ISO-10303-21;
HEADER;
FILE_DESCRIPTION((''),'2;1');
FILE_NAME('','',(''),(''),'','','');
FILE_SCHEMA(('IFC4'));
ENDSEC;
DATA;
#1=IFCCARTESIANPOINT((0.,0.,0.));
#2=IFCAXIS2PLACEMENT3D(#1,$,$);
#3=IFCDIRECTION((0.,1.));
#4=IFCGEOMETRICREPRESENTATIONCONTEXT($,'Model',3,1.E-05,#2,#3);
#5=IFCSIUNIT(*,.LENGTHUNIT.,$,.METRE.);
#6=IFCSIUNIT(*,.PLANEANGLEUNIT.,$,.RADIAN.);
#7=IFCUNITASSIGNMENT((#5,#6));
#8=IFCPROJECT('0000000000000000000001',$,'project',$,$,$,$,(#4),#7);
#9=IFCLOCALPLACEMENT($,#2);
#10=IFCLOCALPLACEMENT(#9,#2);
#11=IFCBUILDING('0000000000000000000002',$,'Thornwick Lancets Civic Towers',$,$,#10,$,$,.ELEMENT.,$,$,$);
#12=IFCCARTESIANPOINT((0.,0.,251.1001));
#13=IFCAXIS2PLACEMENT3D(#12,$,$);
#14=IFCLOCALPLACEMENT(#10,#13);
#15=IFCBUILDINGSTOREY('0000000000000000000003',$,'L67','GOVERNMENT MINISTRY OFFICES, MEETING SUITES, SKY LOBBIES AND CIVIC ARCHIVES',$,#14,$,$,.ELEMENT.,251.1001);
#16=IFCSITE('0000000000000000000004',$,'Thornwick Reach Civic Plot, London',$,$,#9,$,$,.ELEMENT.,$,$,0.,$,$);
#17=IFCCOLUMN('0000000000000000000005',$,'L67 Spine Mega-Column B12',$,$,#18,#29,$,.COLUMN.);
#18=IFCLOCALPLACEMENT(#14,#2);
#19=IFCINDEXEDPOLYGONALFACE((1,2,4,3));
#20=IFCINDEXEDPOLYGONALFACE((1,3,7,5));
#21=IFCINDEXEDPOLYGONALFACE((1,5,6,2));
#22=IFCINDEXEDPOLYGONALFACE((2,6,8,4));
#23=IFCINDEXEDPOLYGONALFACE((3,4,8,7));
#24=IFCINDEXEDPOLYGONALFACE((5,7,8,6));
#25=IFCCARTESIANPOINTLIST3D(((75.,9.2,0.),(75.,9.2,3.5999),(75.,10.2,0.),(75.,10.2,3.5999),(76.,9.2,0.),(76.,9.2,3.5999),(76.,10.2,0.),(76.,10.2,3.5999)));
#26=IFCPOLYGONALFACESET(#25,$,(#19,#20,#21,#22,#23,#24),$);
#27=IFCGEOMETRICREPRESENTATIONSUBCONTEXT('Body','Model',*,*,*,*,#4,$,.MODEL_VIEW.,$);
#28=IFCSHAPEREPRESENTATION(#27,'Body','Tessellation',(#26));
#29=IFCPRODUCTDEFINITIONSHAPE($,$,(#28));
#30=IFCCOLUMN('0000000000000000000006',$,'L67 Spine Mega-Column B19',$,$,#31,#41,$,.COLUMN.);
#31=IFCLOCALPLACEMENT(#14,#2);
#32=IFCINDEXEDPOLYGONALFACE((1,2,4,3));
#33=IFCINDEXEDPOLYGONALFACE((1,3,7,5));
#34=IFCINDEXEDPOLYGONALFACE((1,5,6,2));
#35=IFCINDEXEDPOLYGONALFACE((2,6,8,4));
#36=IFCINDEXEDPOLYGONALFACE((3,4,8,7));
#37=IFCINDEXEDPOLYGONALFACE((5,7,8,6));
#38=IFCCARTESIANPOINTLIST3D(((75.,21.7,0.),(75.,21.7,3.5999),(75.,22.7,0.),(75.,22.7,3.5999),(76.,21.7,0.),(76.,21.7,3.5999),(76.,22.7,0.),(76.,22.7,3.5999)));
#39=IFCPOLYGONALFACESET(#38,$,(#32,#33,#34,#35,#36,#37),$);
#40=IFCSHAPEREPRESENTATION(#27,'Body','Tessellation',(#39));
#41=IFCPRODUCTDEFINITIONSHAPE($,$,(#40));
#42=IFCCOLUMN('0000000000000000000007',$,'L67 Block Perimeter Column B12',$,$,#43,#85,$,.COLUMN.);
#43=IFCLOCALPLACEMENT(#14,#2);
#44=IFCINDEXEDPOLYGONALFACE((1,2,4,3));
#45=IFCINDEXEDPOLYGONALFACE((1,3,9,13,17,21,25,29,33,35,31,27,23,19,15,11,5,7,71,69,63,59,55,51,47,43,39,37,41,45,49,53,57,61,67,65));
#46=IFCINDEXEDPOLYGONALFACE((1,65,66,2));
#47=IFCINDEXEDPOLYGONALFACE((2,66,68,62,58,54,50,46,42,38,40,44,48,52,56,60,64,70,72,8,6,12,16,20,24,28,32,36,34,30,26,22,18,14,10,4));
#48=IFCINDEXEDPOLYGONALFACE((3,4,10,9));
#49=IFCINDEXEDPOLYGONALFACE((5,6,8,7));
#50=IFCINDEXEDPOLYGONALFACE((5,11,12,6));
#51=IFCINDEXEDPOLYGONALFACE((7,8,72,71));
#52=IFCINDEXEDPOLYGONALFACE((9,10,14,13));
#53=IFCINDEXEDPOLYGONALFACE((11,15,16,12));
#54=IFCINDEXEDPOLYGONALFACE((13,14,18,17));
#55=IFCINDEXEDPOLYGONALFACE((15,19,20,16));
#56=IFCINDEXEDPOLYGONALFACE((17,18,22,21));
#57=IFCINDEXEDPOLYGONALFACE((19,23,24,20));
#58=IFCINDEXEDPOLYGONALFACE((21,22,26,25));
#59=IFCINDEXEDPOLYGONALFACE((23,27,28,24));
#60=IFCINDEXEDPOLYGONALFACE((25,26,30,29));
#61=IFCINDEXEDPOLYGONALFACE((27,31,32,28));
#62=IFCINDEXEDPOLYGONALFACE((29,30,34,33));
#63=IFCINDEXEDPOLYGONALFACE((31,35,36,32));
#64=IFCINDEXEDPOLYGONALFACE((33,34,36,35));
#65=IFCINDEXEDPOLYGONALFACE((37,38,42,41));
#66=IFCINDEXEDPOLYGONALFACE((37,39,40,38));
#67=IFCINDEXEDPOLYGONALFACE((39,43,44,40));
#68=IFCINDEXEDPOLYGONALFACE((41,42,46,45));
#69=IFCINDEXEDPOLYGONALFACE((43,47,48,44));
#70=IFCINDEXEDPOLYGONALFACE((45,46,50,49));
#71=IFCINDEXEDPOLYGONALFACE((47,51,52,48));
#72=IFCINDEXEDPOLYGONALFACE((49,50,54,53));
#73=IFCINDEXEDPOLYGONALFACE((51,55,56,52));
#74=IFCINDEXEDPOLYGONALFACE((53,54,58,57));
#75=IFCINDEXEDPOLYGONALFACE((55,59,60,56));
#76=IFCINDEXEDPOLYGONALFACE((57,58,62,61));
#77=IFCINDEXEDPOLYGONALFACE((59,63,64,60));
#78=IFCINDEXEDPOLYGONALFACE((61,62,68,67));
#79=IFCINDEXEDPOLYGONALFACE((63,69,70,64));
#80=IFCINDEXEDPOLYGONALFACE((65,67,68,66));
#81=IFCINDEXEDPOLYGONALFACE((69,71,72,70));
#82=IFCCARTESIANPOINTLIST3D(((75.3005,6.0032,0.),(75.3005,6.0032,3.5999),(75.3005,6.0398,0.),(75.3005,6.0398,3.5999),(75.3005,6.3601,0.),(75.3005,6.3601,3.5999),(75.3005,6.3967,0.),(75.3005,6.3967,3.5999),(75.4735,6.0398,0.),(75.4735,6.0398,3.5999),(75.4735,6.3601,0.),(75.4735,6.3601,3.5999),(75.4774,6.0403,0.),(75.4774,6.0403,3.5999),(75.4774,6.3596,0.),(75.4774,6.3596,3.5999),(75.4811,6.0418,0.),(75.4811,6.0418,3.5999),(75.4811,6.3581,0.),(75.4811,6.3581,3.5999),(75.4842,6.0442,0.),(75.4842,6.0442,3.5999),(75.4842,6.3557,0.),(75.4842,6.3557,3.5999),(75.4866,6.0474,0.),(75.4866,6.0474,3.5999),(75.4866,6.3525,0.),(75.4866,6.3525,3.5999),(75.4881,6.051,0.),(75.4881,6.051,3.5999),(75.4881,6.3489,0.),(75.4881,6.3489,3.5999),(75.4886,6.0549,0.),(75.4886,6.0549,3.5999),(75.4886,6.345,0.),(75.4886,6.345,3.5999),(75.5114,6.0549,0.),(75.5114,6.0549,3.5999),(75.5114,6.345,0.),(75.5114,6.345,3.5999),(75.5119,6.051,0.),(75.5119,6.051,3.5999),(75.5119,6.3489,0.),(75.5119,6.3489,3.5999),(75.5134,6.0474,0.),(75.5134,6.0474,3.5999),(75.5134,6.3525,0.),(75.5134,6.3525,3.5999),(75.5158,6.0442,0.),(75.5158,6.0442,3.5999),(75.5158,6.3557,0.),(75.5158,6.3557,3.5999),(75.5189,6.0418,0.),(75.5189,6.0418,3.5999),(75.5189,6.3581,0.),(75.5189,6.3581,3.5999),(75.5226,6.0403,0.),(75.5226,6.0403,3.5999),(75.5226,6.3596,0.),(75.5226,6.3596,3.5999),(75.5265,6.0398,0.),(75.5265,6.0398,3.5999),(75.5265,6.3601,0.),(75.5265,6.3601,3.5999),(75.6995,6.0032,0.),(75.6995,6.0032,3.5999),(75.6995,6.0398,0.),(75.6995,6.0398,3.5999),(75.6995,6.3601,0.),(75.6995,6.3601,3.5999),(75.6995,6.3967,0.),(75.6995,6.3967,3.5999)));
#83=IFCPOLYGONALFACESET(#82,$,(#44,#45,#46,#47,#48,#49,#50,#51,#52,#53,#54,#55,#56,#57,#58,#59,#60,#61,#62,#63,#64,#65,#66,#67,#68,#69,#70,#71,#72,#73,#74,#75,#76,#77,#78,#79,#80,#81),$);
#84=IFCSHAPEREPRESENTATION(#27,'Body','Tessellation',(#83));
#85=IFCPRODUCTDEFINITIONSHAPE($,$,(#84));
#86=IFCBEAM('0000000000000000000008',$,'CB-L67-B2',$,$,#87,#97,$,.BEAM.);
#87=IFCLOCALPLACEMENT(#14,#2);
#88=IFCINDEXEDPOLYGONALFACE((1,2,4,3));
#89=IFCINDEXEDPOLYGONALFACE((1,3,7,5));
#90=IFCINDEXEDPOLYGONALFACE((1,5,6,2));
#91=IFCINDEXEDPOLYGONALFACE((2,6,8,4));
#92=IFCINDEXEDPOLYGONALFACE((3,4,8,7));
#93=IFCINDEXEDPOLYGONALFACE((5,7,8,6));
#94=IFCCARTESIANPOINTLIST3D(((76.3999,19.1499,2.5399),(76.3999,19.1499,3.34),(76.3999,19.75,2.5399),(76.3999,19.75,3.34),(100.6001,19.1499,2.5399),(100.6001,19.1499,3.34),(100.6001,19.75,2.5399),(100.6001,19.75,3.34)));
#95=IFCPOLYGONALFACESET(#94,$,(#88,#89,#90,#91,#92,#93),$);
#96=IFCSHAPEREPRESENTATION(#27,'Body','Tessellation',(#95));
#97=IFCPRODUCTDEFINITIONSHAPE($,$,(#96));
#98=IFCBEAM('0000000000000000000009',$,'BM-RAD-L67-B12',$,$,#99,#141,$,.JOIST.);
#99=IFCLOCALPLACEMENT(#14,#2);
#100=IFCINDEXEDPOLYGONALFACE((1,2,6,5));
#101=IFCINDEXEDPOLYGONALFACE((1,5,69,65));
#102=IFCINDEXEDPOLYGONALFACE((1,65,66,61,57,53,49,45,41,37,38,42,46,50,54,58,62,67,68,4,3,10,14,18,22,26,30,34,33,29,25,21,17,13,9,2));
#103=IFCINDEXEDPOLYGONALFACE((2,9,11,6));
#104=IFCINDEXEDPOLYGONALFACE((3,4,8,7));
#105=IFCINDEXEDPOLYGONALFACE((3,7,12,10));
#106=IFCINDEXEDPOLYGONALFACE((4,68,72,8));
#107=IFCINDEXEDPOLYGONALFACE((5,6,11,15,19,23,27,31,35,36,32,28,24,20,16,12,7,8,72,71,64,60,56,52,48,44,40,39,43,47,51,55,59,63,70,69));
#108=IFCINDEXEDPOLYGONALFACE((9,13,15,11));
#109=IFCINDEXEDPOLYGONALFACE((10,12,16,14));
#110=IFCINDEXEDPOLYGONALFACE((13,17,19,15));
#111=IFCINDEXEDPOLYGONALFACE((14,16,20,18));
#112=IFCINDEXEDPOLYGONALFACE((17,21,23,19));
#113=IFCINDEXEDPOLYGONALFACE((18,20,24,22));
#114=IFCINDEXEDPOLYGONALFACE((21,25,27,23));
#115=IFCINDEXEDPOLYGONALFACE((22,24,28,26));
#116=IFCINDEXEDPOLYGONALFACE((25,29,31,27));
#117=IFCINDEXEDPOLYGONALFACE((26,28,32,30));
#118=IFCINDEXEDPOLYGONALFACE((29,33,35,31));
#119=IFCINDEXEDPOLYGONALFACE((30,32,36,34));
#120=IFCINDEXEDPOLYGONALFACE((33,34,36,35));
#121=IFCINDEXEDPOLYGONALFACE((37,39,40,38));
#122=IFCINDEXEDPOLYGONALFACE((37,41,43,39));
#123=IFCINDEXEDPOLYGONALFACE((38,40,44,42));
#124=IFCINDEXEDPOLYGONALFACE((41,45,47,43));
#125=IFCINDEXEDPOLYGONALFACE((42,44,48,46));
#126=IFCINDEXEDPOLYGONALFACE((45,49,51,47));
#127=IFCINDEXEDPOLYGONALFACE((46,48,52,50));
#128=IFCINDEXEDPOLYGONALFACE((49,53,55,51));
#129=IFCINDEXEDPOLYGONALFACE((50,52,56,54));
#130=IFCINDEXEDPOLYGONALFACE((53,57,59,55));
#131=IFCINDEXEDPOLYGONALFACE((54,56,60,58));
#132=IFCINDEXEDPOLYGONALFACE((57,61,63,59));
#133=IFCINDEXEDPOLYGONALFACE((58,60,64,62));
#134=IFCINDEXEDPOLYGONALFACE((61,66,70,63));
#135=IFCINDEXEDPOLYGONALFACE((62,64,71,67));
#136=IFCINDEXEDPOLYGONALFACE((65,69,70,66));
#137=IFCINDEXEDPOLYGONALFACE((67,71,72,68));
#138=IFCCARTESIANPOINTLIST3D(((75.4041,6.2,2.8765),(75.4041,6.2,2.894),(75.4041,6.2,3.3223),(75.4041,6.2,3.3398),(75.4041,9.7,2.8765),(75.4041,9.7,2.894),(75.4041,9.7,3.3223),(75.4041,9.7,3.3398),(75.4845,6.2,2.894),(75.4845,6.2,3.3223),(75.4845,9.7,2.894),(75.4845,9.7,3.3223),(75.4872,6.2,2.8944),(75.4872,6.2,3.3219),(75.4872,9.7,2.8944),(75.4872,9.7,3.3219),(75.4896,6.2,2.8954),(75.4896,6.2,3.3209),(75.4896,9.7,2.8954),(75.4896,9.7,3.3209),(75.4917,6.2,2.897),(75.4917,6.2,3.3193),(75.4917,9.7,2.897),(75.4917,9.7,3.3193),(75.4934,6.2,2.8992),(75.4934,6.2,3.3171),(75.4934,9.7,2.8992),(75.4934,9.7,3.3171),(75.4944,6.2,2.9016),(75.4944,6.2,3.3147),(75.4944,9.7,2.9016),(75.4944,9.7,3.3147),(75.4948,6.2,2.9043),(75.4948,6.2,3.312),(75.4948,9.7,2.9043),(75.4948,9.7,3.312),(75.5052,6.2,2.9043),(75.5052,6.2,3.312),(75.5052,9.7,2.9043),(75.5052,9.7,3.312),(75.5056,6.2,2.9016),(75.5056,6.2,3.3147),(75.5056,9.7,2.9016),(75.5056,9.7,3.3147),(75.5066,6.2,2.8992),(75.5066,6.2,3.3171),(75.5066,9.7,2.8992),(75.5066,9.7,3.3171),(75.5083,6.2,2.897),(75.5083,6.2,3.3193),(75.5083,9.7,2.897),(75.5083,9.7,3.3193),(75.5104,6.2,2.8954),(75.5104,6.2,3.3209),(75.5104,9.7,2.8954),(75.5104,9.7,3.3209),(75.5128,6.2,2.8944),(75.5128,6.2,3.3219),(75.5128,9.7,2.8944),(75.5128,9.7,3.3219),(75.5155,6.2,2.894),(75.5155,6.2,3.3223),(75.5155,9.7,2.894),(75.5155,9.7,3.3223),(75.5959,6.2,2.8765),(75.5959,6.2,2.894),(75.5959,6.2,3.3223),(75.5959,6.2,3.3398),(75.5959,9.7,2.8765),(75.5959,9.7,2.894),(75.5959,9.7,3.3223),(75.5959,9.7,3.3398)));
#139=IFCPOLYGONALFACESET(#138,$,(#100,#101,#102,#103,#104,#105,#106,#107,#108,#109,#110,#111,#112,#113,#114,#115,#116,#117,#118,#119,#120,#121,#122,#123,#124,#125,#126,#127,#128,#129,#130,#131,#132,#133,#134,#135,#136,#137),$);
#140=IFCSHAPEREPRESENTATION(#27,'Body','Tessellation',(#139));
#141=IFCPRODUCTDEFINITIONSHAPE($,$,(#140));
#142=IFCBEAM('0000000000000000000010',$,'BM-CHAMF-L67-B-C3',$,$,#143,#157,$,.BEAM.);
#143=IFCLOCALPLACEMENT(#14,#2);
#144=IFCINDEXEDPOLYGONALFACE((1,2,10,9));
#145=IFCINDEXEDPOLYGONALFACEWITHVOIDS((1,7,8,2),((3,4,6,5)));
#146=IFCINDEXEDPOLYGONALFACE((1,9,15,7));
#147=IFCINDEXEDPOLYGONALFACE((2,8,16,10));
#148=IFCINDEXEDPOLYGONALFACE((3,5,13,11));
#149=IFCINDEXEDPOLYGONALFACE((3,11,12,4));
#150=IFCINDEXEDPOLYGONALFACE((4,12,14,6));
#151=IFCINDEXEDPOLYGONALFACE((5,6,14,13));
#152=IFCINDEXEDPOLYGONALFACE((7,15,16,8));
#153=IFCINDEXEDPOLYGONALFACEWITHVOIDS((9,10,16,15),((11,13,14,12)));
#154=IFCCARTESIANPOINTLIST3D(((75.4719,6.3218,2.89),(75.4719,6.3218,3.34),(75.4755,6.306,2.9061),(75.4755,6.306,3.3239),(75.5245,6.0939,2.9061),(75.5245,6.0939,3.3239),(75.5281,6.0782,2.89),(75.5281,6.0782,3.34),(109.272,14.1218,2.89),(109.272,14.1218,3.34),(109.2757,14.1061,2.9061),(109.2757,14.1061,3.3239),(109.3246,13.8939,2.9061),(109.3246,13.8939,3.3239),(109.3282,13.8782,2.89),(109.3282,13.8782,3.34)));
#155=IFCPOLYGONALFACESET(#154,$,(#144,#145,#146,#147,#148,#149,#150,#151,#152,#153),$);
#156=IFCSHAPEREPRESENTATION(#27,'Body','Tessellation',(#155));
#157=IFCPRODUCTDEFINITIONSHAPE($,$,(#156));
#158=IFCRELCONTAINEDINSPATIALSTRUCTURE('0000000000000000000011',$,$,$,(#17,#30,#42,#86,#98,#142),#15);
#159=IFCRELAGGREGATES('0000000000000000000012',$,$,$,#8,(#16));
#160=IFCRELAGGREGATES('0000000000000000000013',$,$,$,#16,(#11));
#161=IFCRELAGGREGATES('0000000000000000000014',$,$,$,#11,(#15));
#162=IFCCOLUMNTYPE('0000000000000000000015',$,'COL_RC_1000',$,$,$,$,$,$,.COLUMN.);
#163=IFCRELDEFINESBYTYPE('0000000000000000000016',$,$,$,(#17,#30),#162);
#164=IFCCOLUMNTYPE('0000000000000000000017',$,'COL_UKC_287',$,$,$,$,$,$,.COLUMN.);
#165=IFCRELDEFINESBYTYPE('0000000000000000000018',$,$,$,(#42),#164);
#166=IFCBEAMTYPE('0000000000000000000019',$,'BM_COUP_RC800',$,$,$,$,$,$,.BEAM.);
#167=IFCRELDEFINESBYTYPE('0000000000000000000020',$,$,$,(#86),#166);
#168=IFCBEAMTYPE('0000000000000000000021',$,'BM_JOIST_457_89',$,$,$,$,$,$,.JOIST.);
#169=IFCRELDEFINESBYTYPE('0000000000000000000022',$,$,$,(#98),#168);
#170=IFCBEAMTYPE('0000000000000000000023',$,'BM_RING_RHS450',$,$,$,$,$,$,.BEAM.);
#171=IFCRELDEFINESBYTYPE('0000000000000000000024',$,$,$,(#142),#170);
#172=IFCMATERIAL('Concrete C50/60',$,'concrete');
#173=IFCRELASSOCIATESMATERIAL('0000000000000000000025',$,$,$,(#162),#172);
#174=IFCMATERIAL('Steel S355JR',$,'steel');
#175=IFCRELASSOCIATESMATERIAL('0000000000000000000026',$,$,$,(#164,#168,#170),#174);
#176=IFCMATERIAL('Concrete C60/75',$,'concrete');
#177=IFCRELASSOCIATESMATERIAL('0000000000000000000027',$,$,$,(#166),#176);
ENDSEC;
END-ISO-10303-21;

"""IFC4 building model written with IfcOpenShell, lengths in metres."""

from ifc_helpers import new_model, si_unit, direction, frame, origin, origin_2d, place, context, subcontext, project, spatial, rectangle, hollow_rectangle, i_section, extrude, material, material_profile, profile_set, type_object, element, save


model = new_model("IFC4")

# Units and contexts
model_context = context("Model", 3, precision=1e-05, world=origin(), true_north=direction((0.0, 1.0)))
body_context = subcontext(model_context, "Body", "Model", "MODEL_VIEW")
ifc_project = project(units=[si_unit("LENGTHUNIT", "METRE"), si_unit("PLANEANGLEUNIT", "RADIAN")], contexts=[model_context])

# Site, building, storey
site_placement = place(None, origin())
site = spatial("IfcSite", under=ifc_project, at=site_placement, Name="Thornwick Reach Civic Plot, London", CompositionType="ELEMENT", RefElevation=0.0)
building_placement = place(site_placement, origin())
building = spatial("IfcBuilding", under=site, at=building_placement, Name="Thornwick Lancets Civic Towers", CompositionType="ELEMENT")
storey_placement = place(building_placement, frame((0.0, 0.0, 251.1001)))
storey = spatial("IfcBuildingStorey", under=building, at=storey_placement, Name="L67", Description="GOVERNMENT MINISTRY OFFICES, MEETING SUITES, SKY LOBBIES AND CIVIC ARCHIVES", CompositionType="ELEMENT", Elevation=251.1001)

# Columns
ifc_material_1 = material(Name="Concrete C50/60", Category="concrete")
ifc_material_profile_1 = material_profile(ifc_material_1, rectangle(XDim=1.0, YDim=1.0, at=origin_2d()), Name="RC 1000x1000")
ifc_profile_set_1 = profile_set([ifc_material_profile_1], Name="Concrete C50/60")
column_type_1 = type_object("IfcColumnType", Name="COL_RC_1000", PredefinedType="COLUMN", material=ifc_profile_set_1)
for number, where, z_axis, x_axis, name in (
    (1, (75.5, 9.7, 0.0), (0.0, 0.0, 1.0), (1.0, 0.0, 0.0), "L67 Spine Mega-Column B12"),
    (2, (75.5, 22.2, 0.0), (0.0, 0.0, 1.0), (1.0, 0.0, 0.0), "L67 Spine Mega-Column B19"),
):
    element("IfcColumn", number, at=place(storey_placement, frame(where, z_axis=z_axis, x_axis=x_axis)), inside=storey, type_object=column_type_1, Name=name, PredefinedType="COLUMN", context=body_context, shape_type="SweptSolid", body=[
        extrude(rectangle(XDim=1.0, YDim=1.0, at=origin_2d()), origin(), (0.0, 0.0, 1.0), 3.5999),
    ])
ifc_material_2 = material(Name="Steel S355JR", Category="steel")
ifc_material_profile_2 = material_profile(ifc_material_2, i_section(OverallWidth=0.3989, OverallDepth=0.3936, WebThickness=0.0227, FlangeThickness=0.0366, FilletRadius=0.0151, at=origin_2d()), Name="UKC 356x406x287")
ifc_profile_set_2 = profile_set([ifc_material_profile_2], Name="Steel S355JR")
column_type_2 = type_object("IfcColumnType", Name="COL_UKC_287", PredefinedType="COLUMN", material=ifc_profile_set_2)
column_placement = place(storey_placement, frame((75.5, 6.2, 0.0), z_axis=(0.0, 0.0, 1.0), x_axis=(1.0, 0.0, 0.0)))
element("IfcColumn", 3, at=column_placement, inside=storey, type_object=column_type_2, Name="L67 Block Perimeter Column B12", PredefinedType="COLUMN", context=body_context, shape_type="SweptSolid", body=[
    extrude(i_section(OverallWidth=0.3989, OverallDepth=0.3936, WebThickness=0.0227, FlangeThickness=0.0366, FilletRadius=0.0151, at=origin_2d()), origin(), (0.0, 0.0, 1.0), 3.5999),
])

# Beams
ifc_material_3 = material(Name="Concrete C60/75", Category="concrete")
ifc_material_profile_3 = material_profile(ifc_material_3, rectangle(XDim=0.6001, YDim=0.8, at=origin_2d()), Name="RC 600x800")
ifc_profile_set_3 = profile_set([ifc_material_profile_3], Name="Concrete C60/75")
beam_type_1 = type_object("IfcBeamType", Name="BM_COUP_RC800", PredefinedType="BEAM", material=ifc_profile_set_3)
beam_1_placement = place(storey_placement, frame((76.3999, 19.45, 2.9399), z_axis=(1.0, 0.0, 0.0), x_axis=(0.0, 1.0, 0.0)))
element("IfcBeam", 4, at=beam_1_placement, inside=storey, type_object=beam_type_1, Name="CB-L67-B2", PredefinedType="BEAM", context=body_context, shape_type="SweptSolid", body=[
    extrude(rectangle(XDim=0.6001, YDim=0.8, at=origin_2d()), origin(), (0.0, 0.0, 1.0), 24.2002),
])
ifc_material_profile_4 = material_profile(ifc_material_2, i_section(OverallWidth=0.1919, OverallDepth=0.4634, WebThickness=0.0105, FlangeThickness=0.0176, FilletRadius=0.0103, at=origin_2d()), Name="UKB 457x191x89")
ifc_profile_set_4 = profile_set([ifc_material_profile_4], Name="Steel S355JR")
beam_type_2 = type_object("IfcBeamType", Name="BM_JOIST_457_89", PredefinedType="JOIST", material=ifc_profile_set_4)
beam_2_placement = place(storey_placement, frame((75.5, 9.7, 3.1082), z_axis=(0.0, -1.0, 0.0), x_axis=(1.0, 0.0, 0.0)))
element("IfcBeam", 5, at=beam_2_placement, inside=storey, type_object=beam_type_2, Name="BM-RAD-L67-B12", PredefinedType="JOIST", context=body_context, shape_type="SweptSolid", body=[
    extrude(i_section(OverallWidth=0.1919, OverallDepth=0.4634, WebThickness=0.0105, FlangeThickness=0.0176, FilletRadius=0.0103, at=origin_2d()), origin(), (0.0, 0.0, 1.0), 3.5),
])
ifc_material_profile_5 = material_profile(ifc_material_2, hollow_rectangle(XDim=0.25, YDim=0.45, WallThickness=0.0161, at=origin_2d()), Name="RHS 450x250x16")
ifc_profile_set_5 = profile_set([ifc_material_profile_5], Name="Steel S355JR")
beam_type_3 = type_object("IfcBeamType", Name="BM_RING_RHS450", PredefinedType="BEAM", material=ifc_profile_set_5)
beam_3_placement = place(storey_placement, frame((75.5, 6.2, 3.115), z_axis=(0.974391, 0.224861, 0.0), x_axis=(-0.224861, 0.974391, 0.0)))
element("IfcBeam", 6, at=beam_3_placement, inside=storey, type_object=beam_type_3, Name="BM-CHAMF-L67-B-C3", PredefinedType="BEAM", context=body_context, shape_type="SweptSolid", body=[
    extrude(hollow_rectangle(XDim=0.25, YDim=0.45, WallThickness=0.0161, at=origin_2d()), origin(), (0.0, 0.0, 1.0), 34.6885),
])

save(model, "model.ifc")
